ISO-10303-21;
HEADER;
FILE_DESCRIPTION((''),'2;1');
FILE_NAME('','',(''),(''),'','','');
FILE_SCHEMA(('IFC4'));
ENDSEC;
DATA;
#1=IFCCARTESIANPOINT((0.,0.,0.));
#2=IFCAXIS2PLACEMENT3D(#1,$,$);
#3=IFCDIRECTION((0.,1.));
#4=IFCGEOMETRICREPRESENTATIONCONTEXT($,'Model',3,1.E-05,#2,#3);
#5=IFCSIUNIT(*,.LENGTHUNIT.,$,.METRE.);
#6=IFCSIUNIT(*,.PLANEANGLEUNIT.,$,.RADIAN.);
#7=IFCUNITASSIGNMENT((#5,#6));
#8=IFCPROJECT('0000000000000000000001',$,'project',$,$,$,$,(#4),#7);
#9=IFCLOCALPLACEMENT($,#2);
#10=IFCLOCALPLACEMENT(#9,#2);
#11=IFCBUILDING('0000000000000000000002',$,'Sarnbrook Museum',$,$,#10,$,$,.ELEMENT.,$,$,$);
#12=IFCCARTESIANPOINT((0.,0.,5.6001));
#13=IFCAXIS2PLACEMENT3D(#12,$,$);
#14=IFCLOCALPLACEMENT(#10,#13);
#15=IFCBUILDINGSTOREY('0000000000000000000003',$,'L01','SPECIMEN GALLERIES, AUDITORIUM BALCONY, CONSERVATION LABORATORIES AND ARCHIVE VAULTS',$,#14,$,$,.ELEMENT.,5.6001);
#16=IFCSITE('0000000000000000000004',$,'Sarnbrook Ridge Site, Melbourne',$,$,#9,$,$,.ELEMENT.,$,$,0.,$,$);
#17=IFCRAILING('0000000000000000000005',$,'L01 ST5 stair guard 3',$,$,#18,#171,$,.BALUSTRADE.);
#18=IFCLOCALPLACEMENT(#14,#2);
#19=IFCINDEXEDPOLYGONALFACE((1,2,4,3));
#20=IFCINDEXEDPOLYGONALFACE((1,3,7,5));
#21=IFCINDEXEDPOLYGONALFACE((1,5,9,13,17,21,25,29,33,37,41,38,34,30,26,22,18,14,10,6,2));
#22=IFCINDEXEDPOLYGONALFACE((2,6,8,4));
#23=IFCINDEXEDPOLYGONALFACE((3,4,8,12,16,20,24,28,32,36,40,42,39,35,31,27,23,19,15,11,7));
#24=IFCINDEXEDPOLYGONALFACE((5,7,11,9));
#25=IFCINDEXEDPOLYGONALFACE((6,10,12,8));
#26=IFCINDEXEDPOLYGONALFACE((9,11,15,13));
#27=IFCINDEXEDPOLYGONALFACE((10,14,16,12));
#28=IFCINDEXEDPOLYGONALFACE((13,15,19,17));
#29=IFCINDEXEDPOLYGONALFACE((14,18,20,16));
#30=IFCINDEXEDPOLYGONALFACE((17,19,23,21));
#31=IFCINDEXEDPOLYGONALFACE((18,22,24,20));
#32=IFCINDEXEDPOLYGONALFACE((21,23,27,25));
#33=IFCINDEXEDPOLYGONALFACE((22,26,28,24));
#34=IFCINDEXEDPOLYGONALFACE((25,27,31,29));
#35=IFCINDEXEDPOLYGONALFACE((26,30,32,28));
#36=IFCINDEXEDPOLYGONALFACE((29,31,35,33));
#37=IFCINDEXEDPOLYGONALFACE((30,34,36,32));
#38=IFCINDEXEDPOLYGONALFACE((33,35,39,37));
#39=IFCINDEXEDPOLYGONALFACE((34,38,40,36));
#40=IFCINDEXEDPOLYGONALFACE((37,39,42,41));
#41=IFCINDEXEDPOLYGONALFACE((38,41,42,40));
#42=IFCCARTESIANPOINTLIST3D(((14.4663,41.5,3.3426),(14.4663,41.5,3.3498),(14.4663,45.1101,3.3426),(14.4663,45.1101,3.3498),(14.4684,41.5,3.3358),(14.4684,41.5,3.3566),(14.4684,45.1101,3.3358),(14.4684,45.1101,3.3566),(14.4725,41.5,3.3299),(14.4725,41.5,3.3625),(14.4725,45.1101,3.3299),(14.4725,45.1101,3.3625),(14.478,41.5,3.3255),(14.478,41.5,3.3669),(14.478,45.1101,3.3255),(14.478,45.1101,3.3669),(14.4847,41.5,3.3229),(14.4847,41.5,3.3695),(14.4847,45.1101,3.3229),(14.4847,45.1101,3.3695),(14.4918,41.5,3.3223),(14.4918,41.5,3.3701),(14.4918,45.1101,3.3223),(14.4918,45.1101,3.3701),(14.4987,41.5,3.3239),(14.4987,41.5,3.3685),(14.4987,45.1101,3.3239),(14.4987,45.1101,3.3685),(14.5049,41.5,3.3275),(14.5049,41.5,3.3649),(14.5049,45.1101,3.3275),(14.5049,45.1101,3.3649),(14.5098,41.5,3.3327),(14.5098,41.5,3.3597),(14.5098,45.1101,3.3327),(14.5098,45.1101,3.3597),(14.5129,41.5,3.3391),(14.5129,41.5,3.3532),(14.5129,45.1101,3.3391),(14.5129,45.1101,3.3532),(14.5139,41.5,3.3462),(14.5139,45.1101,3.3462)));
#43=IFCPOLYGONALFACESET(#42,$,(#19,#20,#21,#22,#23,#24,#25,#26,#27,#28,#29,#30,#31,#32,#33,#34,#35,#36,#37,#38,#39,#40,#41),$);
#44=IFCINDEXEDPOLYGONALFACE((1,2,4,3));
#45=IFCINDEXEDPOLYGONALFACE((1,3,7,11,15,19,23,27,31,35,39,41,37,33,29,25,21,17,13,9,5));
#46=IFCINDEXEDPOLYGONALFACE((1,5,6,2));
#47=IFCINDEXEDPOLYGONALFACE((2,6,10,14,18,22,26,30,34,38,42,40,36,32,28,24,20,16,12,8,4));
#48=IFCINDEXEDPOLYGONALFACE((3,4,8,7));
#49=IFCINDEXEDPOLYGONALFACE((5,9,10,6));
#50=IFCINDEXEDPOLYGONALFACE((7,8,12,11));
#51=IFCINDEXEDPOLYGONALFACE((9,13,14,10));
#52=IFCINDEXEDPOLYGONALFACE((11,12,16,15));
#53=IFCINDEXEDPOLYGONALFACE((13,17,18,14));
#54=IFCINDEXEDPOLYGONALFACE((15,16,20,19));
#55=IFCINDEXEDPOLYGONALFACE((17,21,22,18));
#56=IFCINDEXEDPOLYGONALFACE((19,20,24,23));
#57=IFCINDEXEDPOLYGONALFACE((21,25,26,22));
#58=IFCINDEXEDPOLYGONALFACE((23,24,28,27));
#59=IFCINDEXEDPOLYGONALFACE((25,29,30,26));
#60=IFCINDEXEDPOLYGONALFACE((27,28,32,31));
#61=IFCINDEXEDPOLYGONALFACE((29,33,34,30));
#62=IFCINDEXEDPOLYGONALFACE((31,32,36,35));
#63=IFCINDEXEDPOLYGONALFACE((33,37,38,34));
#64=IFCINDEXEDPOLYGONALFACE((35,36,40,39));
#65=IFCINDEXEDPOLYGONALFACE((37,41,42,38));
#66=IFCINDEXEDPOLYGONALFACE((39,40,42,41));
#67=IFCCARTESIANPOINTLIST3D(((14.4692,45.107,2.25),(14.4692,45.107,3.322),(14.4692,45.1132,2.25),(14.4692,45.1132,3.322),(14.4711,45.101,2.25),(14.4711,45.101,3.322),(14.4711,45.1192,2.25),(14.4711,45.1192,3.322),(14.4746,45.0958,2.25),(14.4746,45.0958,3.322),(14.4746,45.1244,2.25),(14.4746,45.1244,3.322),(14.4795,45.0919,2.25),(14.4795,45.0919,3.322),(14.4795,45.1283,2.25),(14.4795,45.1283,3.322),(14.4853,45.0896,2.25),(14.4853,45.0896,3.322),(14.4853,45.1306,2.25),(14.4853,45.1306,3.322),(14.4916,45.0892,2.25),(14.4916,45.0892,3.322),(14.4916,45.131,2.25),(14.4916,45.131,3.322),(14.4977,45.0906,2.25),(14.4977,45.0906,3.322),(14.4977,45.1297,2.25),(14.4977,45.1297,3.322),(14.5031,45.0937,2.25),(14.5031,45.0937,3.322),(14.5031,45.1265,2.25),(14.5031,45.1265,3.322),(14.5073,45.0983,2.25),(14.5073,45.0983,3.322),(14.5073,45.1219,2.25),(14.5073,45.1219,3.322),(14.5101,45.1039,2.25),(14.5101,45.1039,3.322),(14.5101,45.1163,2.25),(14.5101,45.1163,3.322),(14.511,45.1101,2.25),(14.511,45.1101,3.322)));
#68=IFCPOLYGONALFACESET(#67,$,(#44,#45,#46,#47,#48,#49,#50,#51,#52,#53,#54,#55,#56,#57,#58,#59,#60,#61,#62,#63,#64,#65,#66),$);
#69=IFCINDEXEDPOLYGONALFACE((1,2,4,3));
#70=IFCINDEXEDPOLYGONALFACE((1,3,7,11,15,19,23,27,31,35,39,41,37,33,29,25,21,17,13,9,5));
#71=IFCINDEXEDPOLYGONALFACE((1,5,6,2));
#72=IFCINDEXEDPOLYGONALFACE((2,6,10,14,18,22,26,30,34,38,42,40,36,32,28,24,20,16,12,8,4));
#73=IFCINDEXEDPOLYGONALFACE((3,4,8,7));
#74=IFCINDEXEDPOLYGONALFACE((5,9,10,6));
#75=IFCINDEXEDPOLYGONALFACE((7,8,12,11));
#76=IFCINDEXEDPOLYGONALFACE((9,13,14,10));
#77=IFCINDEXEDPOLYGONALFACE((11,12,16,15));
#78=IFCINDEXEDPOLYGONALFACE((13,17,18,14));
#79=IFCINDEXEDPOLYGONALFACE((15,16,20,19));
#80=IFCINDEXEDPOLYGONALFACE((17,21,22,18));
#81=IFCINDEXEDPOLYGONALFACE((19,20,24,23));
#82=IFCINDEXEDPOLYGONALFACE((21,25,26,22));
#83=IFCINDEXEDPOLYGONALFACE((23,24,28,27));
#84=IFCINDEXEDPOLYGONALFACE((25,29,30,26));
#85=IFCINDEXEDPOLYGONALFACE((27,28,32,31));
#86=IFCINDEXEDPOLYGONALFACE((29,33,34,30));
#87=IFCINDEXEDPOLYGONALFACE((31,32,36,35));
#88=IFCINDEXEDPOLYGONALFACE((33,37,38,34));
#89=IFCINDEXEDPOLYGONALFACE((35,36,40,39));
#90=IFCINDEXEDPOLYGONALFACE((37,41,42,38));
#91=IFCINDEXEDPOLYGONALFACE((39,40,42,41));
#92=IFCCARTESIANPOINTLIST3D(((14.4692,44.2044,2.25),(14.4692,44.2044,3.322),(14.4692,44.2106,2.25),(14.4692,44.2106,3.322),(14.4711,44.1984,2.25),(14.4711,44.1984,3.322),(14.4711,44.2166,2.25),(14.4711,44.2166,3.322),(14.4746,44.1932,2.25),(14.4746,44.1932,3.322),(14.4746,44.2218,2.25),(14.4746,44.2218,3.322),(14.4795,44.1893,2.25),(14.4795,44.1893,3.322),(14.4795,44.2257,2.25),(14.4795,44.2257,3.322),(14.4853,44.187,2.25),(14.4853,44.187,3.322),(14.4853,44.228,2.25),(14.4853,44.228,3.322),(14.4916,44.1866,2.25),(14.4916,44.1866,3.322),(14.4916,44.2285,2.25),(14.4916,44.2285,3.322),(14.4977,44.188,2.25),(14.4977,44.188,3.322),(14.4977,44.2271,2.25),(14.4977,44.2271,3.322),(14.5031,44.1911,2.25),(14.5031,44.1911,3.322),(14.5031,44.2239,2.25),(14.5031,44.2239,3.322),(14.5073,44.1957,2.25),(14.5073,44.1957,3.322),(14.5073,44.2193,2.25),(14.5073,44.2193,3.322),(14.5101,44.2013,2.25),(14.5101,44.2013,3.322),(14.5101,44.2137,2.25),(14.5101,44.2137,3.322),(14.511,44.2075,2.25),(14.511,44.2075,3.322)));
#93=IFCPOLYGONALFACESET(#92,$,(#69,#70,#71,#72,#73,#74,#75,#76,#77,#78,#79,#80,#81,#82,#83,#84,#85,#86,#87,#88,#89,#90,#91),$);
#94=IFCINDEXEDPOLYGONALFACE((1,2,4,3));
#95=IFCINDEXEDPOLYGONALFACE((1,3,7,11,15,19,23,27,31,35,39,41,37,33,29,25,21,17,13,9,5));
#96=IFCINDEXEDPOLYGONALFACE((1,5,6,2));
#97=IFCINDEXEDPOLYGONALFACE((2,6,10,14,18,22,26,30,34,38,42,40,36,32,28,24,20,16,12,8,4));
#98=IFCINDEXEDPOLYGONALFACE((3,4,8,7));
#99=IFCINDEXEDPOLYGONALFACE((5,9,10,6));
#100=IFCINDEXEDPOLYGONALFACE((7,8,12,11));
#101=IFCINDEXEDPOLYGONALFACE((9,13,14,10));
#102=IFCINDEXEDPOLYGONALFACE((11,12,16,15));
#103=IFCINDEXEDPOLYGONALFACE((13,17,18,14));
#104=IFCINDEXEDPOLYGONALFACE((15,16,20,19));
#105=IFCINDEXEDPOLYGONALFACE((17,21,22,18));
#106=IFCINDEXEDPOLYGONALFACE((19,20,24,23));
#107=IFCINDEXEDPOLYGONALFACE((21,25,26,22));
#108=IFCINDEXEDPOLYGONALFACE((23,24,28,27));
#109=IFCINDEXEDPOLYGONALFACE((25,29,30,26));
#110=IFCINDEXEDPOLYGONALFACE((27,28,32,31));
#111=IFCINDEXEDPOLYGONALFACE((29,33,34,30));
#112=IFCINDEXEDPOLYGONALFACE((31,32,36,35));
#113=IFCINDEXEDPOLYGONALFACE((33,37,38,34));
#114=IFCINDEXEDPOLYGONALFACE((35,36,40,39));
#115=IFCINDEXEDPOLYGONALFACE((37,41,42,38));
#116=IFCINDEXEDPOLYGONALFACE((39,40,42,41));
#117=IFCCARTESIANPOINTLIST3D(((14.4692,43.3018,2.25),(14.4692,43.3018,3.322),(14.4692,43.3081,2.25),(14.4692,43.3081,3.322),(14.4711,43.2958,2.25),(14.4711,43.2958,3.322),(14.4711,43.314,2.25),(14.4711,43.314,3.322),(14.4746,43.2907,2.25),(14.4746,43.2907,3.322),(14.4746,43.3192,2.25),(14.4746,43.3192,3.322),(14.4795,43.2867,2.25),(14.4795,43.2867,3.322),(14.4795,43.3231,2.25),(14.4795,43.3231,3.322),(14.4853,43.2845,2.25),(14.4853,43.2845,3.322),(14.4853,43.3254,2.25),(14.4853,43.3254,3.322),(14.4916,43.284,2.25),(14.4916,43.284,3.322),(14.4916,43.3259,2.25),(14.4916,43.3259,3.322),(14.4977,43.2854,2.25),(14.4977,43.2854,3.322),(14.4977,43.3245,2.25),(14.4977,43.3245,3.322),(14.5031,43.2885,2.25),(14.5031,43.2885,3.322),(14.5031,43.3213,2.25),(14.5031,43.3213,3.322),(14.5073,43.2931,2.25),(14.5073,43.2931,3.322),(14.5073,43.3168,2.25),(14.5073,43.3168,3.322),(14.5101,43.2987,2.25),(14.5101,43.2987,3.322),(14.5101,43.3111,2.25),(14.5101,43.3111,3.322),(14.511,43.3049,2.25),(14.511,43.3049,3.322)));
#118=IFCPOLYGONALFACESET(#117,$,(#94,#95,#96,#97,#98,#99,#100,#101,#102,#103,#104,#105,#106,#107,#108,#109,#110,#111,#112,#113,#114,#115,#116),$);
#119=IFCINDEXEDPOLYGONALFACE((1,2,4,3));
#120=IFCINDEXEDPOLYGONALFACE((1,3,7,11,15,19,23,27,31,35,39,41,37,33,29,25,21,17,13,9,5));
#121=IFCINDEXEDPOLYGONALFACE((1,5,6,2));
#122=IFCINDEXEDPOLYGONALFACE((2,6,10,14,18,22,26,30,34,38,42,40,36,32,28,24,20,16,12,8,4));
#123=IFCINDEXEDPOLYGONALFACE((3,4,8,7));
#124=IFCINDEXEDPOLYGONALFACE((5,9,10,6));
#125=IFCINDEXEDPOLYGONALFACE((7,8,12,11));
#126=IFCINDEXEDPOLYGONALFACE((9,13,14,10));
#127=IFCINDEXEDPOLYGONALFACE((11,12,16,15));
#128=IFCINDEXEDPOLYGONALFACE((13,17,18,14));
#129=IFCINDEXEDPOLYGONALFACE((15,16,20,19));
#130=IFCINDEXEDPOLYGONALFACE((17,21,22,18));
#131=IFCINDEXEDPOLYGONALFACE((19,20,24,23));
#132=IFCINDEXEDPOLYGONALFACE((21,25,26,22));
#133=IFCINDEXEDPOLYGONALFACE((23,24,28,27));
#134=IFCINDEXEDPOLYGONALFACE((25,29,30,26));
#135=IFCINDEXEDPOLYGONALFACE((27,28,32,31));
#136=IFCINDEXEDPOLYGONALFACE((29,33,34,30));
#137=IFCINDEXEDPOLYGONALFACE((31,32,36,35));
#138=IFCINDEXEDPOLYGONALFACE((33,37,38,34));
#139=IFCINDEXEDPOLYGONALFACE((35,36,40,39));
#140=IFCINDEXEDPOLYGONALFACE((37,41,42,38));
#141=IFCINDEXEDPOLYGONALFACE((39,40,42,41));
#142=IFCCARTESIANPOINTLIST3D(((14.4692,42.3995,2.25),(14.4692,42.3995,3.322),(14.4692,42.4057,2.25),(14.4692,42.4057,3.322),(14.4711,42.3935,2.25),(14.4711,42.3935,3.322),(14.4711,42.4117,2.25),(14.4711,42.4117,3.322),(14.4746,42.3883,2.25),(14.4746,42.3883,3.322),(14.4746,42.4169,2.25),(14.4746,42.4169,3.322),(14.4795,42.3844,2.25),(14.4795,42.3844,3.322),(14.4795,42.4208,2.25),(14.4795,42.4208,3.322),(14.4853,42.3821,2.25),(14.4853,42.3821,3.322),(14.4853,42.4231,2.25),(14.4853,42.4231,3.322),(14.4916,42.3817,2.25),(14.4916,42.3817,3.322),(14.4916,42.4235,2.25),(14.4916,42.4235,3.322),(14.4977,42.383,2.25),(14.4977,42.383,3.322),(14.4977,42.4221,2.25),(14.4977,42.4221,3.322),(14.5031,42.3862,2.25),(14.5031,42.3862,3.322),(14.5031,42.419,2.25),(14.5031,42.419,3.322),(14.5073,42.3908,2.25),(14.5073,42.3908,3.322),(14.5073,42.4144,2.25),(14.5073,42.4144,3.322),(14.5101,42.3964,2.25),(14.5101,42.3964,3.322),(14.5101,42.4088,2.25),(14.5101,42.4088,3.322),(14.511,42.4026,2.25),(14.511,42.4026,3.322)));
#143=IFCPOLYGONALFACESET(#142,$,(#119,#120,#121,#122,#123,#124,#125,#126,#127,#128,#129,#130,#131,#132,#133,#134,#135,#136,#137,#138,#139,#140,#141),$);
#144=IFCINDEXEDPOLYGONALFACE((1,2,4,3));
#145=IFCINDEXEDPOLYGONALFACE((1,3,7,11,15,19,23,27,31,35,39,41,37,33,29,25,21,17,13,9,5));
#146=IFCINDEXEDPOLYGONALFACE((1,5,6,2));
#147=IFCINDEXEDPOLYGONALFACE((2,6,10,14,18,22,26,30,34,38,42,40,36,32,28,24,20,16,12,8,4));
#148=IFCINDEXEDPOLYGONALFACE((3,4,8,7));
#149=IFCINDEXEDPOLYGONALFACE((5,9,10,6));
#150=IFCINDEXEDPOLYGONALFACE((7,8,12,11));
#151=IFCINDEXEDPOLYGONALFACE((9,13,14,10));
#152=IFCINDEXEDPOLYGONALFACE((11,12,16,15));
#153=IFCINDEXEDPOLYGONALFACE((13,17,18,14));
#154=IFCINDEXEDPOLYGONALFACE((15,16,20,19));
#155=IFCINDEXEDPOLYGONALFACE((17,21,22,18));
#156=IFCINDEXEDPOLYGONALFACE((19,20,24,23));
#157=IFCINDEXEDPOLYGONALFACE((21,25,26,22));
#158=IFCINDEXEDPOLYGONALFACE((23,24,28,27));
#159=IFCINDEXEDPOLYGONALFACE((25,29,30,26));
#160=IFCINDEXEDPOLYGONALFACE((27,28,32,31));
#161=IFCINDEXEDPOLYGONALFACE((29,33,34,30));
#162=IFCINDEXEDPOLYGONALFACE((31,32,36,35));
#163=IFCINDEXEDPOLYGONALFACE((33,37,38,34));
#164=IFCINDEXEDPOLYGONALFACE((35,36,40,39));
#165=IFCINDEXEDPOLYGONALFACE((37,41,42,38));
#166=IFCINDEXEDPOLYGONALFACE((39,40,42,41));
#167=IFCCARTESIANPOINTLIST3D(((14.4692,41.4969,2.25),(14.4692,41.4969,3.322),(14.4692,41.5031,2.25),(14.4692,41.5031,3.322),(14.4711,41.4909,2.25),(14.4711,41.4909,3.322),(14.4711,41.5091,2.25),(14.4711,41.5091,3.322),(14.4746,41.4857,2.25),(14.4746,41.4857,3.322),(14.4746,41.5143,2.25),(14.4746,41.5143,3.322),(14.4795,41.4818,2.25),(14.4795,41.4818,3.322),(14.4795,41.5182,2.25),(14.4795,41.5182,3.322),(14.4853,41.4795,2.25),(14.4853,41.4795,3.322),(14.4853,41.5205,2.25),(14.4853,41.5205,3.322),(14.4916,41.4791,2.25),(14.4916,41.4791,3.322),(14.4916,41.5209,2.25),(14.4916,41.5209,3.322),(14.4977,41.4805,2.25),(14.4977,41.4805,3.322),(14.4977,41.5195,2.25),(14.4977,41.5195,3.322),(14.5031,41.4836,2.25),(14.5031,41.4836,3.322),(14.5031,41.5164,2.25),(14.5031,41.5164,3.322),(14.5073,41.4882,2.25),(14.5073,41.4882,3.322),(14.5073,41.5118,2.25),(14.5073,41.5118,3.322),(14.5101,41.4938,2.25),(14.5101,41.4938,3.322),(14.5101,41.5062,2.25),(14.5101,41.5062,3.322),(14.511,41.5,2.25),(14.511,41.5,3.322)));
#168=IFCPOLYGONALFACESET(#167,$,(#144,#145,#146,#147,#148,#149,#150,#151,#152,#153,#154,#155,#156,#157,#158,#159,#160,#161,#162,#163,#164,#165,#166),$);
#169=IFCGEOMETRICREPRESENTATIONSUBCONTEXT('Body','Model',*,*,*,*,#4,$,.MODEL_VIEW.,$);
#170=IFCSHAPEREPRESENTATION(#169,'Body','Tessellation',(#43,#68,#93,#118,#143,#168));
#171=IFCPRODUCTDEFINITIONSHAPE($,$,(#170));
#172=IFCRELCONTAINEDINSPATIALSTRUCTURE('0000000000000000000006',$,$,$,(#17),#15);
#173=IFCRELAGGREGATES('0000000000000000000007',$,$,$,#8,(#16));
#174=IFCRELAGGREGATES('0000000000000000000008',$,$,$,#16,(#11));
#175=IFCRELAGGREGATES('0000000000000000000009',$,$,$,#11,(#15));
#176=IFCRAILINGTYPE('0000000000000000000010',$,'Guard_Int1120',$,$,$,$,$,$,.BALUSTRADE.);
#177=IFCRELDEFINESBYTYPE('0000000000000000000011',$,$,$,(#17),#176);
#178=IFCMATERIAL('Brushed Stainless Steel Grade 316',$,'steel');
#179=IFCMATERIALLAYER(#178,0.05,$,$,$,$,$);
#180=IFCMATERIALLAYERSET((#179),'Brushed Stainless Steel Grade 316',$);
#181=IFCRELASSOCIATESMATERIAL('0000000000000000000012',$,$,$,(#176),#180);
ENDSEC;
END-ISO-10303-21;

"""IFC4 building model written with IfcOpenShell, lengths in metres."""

from ifc_helpers import new_model, si_unit, direction, frame, origin, origin_2d, place, context, subcontext, project, spatial, circle, extrude, material, layer, layer_set, type_object, element, save


model = new_model("IFC4")

# Units and contexts
model_context = context("Model", 3, precision=1e-05, world=origin(), true_north=direction((0.0, 1.0)))
body_context = subcontext(model_context, "Body", "Model", "MODEL_VIEW")
ifc_project = project(units=[si_unit("LENGTHUNIT", "METRE"), si_unit("PLANEANGLEUNIT", "RADIAN")], contexts=[model_context])

# Site, building, storey
site_placement = place(None, origin())
site = spatial("IfcSite", under=ifc_project, at=site_placement, Name="Sarnbrook Ridge Site, Melbourne", CompositionType="ELEMENT", RefElevation=0.0)
building_placement = place(site_placement, origin())
building = spatial("IfcBuilding", under=site, at=building_placement, Name="Sarnbrook Museum", CompositionType="ELEMENT")
storey_placement = place(building_placement, frame((0.0, 0.0, 5.6001)))
storey = spatial("IfcBuildingStorey", under=building, at=storey_placement, Name="L01", Description="SPECIMEN GALLERIES, AUDITORIUM BALCONY, CONSERVATION LABORATORIES AND ARCHIVE VAULTS", CompositionType="ELEMENT", Elevation=5.6001)

# Railing
ifc_material_1 = material(Name="Brushed Stainless Steel Grade 316", Category="steel")
ifc_layer_1 = layer(ifc_material_1, 0.05)
ifc_layer_set_1 = layer_set([ifc_layer_1], Name="Brushed Stainless Steel Grade 316")
railing_type_1 = type_object("IfcRailingType", Name="Guard_Int1120", PredefinedType="BALUSTRADE", material=ifc_layer_set_1)
for number, where, name in (
    (1, (14.49, 45.1101, 2.25), "L01 ST5 stair guard 3"),
):
    element("IfcRailing", number, at=place(storey_placement, frame(where)), inside=storey, type_object=railing_type_1, Name=name, PredefinedType="BALUSTRADE", context=body_context, shape_type="SweptSolid", body=[
        extrude(circle(Radius=0.0239, at=origin_2d()), frame((0.0, 0.0, 1.0962), z_axis=(0.0, -1.0, 0.0), x_axis=(1.0, 0.0, 0.0)), (0.0, 0.0, 1.0), 3.6101),
        extrude(circle(Radius=0.021, at=origin_2d()), origin(), (0.0, 0.0, 1.0), 1.072),
        extrude(circle(Radius=0.021, at=origin_2d()), frame((0.0, -0.9026, 0.0)), (0.0, 0.0, 1.0), 1.072),
        extrude(circle(Radius=0.021, at=origin_2d()), frame((0.0, -1.8052, 0.0)), (0.0, 0.0, 1.0), 1.072),
        extrude(circle(Radius=0.021, at=origin_2d()), frame((0.0, -2.7075, 0.0)), (0.0, 0.0, 1.0), 1.072),
        extrude(circle(Radius=0.021, at=origin_2d()), frame((0.0, -3.6101, 0.0)), (0.0, 0.0, 1.0), 1.072),
    ])

save(model, "model.ifc")
